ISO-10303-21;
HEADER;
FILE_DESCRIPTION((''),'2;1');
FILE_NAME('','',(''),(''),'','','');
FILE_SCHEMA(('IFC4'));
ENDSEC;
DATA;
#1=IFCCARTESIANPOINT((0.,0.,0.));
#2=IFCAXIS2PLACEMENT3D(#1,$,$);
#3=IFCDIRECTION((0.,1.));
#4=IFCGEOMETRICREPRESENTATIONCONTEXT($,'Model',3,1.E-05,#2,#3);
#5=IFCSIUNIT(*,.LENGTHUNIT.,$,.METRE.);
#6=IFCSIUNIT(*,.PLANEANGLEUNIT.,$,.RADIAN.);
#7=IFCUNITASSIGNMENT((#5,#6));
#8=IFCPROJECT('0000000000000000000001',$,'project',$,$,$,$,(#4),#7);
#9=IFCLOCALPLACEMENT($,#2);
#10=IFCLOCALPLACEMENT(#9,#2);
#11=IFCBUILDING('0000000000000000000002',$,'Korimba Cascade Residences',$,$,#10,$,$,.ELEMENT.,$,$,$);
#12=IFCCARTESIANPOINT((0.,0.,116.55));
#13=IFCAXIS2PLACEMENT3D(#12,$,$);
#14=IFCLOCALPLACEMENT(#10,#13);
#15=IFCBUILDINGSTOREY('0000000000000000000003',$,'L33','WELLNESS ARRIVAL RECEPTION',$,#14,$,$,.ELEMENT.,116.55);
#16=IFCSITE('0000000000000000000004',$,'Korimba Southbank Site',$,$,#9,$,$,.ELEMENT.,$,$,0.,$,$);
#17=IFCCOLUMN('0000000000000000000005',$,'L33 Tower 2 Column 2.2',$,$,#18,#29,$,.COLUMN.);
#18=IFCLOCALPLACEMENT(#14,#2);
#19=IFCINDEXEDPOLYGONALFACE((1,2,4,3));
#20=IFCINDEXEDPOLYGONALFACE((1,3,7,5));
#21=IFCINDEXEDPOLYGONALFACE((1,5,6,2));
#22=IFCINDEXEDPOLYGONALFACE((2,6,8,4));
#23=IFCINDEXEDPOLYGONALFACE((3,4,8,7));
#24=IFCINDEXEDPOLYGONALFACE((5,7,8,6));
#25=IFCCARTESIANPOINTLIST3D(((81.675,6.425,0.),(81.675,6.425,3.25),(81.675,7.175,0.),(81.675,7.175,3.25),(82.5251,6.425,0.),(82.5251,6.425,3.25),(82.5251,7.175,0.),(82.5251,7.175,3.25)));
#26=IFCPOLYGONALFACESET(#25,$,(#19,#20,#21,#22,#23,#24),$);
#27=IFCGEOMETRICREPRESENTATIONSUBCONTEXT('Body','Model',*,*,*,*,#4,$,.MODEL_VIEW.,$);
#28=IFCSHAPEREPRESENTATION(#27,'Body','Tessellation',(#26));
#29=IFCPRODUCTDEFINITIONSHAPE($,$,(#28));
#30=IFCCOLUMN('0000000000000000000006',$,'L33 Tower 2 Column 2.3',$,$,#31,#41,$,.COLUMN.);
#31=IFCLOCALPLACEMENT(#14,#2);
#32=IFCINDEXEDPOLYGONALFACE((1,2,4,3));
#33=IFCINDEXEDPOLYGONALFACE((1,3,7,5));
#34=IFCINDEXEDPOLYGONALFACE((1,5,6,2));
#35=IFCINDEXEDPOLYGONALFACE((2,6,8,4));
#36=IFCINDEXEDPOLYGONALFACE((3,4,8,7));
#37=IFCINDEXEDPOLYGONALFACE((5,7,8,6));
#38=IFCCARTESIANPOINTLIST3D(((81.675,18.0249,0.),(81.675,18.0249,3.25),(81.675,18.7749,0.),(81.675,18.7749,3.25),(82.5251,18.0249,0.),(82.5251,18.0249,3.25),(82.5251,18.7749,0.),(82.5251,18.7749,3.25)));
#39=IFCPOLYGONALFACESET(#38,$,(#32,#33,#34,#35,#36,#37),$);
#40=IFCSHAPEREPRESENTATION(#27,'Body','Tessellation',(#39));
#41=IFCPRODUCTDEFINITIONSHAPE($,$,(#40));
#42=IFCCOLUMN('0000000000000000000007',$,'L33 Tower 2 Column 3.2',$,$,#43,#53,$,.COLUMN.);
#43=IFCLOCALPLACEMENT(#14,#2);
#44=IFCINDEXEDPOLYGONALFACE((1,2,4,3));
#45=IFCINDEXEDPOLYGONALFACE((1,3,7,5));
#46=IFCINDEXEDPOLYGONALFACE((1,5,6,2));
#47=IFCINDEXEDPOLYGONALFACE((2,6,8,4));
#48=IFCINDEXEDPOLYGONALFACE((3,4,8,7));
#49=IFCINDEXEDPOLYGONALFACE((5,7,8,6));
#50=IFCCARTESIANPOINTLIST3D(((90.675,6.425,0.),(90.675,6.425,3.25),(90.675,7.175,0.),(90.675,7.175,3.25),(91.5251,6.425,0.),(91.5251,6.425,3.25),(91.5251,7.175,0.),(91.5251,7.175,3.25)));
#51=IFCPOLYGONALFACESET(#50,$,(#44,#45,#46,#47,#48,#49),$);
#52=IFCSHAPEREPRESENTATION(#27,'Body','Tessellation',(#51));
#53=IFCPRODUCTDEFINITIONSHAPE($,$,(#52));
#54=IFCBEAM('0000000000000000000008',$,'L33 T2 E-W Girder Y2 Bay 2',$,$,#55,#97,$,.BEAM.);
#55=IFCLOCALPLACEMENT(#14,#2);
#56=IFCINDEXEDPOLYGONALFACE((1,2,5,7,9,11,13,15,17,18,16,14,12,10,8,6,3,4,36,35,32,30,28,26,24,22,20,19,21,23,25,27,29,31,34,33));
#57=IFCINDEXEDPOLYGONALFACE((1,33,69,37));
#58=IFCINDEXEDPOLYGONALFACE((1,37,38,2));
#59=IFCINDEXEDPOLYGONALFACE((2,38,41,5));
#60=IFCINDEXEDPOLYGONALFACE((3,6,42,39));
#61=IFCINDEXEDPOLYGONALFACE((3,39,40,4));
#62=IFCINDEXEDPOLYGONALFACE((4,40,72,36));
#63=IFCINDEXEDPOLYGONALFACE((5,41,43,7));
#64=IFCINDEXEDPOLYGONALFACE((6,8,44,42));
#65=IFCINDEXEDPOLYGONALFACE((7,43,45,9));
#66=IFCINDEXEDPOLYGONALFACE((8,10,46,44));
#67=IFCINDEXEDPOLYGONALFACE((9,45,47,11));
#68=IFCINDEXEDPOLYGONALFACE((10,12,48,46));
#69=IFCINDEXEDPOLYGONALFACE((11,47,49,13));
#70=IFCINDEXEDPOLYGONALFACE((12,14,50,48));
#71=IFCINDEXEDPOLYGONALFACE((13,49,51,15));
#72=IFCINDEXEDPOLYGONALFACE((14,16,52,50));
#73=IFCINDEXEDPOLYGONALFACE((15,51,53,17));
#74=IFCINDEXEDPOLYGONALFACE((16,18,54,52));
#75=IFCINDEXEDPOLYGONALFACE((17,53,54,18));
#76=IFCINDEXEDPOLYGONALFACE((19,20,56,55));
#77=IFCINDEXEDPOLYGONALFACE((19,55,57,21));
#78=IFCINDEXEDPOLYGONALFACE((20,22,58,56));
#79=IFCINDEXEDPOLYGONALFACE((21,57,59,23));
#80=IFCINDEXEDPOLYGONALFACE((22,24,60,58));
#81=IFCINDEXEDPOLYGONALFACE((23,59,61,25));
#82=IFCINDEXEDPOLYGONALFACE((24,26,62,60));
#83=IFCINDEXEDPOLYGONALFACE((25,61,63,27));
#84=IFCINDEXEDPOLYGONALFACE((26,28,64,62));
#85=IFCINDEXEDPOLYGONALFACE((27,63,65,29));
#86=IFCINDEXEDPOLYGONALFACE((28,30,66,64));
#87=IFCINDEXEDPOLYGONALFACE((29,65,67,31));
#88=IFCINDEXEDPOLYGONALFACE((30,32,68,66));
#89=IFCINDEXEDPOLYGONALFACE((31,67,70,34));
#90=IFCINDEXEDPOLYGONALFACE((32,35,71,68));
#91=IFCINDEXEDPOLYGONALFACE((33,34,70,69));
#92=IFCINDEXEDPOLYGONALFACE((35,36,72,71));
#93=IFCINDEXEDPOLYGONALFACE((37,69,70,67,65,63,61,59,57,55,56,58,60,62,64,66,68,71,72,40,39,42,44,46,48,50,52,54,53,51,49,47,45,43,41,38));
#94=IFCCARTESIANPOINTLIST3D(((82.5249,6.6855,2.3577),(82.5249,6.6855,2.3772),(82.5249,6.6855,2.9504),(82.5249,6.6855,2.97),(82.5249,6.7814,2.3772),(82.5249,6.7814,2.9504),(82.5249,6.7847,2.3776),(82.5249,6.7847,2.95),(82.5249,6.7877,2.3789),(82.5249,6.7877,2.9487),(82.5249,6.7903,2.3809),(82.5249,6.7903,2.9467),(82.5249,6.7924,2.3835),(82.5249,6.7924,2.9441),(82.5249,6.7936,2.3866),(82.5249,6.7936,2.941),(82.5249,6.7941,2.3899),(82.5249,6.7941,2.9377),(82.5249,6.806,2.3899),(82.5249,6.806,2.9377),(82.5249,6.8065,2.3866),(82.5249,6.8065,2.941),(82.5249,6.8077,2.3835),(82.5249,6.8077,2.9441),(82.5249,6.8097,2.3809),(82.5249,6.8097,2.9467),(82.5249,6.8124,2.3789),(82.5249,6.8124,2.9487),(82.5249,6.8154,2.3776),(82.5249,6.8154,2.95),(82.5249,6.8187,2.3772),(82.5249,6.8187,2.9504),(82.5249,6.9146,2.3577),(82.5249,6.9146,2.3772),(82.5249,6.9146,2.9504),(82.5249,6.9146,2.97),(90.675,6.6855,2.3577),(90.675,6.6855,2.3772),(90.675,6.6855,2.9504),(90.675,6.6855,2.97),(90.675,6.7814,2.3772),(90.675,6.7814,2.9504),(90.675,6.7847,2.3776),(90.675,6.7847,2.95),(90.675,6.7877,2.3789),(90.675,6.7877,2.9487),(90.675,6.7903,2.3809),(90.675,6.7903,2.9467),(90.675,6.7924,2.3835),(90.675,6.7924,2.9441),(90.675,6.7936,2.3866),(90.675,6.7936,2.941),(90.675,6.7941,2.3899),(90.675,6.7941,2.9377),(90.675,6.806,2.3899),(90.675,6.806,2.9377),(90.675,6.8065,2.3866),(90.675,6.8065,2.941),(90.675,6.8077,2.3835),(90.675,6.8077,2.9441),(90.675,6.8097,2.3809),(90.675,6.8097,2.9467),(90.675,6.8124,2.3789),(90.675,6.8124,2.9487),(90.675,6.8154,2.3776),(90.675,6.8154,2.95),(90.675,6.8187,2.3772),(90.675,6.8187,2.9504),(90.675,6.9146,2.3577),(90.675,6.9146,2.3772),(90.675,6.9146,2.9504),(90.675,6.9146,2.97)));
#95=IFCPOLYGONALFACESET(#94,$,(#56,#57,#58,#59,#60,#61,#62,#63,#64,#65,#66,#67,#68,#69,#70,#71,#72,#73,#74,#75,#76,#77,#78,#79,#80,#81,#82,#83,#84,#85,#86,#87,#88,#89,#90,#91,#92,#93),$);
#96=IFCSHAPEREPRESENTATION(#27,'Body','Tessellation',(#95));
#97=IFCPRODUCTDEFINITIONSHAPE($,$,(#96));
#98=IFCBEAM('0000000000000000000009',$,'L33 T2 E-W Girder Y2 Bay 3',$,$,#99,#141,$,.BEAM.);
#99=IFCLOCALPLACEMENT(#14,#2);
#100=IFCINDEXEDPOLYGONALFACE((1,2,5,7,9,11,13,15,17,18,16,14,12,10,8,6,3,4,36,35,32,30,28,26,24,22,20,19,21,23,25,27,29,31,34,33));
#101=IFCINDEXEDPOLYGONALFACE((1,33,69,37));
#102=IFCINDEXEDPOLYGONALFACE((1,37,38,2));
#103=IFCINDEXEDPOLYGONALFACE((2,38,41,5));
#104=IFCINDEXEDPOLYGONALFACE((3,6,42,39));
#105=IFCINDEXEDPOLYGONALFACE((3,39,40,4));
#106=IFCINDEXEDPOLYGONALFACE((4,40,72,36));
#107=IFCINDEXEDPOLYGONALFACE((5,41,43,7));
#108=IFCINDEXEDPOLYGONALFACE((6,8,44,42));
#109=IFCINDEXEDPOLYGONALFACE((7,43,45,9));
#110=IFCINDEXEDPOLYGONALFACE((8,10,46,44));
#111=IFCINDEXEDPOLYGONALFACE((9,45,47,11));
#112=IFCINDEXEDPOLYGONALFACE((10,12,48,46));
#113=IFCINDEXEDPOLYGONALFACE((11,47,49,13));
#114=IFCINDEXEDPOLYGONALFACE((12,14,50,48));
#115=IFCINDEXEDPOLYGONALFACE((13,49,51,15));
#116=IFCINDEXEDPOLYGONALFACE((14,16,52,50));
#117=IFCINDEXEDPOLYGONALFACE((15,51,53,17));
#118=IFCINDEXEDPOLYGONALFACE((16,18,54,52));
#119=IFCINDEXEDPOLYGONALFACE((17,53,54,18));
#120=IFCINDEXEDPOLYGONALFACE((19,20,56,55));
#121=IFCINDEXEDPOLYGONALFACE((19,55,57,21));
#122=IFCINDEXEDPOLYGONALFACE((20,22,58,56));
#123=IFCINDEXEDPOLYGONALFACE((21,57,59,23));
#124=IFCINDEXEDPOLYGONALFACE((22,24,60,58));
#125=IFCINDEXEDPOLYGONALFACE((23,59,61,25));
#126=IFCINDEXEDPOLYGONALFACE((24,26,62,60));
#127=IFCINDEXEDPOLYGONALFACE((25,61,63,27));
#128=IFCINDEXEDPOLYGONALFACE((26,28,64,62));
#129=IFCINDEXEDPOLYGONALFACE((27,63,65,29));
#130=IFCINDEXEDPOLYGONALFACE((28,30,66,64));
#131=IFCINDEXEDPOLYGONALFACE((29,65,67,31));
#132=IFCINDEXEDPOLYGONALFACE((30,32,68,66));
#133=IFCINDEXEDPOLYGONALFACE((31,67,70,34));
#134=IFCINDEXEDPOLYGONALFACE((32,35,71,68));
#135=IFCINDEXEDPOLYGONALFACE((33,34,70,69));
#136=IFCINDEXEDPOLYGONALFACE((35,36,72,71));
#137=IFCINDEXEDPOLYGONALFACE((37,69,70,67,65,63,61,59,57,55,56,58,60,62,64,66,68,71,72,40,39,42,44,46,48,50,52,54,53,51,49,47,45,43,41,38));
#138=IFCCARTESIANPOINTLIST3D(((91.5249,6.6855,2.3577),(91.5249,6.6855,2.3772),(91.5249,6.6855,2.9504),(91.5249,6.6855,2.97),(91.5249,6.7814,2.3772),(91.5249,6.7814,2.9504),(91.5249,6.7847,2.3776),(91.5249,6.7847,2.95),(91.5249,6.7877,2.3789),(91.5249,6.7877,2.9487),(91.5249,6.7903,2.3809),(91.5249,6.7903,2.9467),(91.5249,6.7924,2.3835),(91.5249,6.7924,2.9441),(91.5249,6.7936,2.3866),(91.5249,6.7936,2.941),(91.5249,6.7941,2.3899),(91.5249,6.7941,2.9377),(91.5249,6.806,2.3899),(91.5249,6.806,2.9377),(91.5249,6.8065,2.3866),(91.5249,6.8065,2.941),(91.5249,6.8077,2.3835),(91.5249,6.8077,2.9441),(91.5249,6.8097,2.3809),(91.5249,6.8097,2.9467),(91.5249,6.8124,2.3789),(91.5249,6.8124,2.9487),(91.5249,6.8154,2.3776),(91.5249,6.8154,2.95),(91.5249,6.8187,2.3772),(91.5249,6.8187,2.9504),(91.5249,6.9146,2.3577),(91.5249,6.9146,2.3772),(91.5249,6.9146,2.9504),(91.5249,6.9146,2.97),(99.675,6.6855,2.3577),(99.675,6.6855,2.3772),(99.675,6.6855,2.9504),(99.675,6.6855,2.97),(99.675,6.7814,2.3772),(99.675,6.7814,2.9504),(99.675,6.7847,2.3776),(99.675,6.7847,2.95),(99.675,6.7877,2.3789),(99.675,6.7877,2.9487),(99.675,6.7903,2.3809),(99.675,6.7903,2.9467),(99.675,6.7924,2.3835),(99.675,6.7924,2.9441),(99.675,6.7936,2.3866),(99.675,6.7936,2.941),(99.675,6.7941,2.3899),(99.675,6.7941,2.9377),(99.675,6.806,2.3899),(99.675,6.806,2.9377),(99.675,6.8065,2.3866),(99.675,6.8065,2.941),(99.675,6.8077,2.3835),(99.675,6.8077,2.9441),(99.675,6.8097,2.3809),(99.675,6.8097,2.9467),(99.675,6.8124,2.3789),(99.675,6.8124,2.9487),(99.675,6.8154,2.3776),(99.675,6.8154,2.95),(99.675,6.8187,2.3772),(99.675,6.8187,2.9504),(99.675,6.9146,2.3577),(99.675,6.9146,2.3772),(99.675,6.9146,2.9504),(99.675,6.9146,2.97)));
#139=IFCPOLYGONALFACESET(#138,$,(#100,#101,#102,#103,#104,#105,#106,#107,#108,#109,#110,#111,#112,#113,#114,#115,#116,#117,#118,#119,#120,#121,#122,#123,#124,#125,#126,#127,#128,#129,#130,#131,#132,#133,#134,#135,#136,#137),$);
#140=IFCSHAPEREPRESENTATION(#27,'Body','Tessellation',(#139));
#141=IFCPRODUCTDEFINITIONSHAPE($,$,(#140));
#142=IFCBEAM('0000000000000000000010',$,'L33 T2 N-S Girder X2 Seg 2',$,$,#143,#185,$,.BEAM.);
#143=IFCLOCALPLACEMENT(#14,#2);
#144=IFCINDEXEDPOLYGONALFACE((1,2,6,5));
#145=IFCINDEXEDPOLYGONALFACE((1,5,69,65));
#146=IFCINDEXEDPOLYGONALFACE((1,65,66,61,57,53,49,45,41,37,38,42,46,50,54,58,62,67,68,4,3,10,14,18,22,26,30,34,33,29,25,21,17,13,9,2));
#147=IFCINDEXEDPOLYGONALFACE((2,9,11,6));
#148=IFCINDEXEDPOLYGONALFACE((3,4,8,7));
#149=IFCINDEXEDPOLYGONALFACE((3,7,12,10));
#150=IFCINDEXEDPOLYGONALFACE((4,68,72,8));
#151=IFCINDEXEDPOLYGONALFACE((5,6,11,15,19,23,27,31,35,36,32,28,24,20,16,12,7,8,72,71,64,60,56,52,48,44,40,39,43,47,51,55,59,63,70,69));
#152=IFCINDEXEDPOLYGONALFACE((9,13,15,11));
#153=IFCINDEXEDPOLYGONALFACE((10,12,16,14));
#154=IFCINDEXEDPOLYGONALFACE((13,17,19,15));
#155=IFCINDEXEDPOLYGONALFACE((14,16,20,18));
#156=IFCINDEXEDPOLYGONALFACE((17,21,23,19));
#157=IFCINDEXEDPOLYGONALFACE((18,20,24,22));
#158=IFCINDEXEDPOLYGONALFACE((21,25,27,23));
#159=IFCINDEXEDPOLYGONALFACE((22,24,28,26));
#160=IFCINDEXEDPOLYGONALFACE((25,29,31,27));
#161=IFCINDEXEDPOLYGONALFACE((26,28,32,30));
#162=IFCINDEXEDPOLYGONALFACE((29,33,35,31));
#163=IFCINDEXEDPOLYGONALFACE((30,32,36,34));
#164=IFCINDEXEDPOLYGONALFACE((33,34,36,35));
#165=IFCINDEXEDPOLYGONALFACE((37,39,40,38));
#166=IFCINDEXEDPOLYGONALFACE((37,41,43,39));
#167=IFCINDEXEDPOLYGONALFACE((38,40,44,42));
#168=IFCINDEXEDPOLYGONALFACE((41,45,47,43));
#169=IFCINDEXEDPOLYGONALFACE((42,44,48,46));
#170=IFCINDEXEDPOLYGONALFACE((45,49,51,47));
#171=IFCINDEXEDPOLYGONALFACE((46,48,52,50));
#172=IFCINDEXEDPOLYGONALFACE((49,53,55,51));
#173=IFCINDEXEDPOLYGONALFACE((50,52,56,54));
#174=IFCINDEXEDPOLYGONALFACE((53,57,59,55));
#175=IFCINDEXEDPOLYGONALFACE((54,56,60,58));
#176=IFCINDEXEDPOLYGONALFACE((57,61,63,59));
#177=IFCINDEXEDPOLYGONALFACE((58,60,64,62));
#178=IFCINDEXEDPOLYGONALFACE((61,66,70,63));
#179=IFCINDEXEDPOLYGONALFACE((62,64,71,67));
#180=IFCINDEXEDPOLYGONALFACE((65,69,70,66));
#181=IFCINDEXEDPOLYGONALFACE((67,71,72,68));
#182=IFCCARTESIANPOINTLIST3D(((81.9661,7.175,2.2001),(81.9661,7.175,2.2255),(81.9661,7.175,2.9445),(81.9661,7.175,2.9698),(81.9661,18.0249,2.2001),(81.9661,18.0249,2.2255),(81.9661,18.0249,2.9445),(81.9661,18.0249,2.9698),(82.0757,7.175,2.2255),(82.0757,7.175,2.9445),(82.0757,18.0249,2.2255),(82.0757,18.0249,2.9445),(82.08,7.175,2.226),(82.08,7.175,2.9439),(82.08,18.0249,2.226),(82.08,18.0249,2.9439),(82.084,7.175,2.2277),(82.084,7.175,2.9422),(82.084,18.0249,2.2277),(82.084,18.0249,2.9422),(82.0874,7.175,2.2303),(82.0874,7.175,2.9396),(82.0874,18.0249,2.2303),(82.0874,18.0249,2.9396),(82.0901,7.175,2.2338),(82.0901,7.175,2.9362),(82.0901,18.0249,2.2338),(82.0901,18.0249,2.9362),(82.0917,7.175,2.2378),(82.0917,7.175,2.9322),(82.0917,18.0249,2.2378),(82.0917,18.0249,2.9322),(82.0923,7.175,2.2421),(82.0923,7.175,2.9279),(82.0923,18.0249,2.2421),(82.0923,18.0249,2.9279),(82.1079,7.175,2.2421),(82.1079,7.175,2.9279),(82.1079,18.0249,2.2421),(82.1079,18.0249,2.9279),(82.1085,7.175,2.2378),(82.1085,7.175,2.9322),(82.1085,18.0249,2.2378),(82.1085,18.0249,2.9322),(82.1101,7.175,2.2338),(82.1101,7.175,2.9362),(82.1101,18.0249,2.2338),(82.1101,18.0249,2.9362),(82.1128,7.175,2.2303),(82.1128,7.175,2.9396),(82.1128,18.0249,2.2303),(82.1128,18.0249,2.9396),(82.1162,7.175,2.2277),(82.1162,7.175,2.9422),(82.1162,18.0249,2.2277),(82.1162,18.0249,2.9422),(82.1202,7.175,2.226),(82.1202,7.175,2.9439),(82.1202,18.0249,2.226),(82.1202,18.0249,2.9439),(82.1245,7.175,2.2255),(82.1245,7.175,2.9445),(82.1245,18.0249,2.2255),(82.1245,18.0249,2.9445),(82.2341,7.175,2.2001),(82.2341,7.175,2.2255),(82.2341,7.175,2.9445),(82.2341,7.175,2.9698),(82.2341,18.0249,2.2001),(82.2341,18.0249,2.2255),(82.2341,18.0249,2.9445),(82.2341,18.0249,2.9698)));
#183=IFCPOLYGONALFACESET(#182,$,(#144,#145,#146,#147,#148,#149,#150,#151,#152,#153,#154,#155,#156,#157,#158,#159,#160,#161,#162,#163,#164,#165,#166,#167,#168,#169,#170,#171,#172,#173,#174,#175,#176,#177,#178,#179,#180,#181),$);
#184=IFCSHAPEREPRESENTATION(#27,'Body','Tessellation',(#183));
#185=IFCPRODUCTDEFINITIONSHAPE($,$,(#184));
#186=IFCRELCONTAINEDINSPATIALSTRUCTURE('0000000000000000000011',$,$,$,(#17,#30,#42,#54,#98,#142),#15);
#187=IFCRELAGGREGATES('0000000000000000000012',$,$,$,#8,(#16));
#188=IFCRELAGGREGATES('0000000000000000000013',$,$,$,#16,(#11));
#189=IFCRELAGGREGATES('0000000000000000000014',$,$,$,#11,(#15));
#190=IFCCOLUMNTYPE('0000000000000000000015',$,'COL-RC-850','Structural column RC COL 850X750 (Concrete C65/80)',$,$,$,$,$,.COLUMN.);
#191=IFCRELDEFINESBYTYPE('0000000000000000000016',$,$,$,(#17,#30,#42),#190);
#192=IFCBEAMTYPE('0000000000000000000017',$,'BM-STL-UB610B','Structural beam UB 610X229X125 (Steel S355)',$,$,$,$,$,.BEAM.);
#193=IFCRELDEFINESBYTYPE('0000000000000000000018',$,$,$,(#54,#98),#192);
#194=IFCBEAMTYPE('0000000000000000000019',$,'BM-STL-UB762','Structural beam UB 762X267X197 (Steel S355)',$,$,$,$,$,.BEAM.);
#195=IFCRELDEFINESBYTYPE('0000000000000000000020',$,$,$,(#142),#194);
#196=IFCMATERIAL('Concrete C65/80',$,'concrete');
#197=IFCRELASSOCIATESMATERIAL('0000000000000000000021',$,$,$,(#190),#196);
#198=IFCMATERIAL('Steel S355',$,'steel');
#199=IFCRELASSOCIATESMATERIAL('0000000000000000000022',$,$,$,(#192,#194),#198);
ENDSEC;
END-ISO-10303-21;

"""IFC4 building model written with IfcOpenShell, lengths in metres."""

from ifc_helpers import new_model, si_unit, direction, frame, origin, origin_2d, place, context, subcontext, project, spatial, rectangle, i_section, extrude, material, material_profile, profile_set, type_object, element, save


model = new_model("IFC4")

# Units and contexts
model_context = context("Model", 3, precision=1e-05, world=origin(), true_north=direction((0.0, 1.0)))
body_context = subcontext(model_context, "Body", "Model", "MODEL_VIEW")
ifc_project = project(units=[si_unit("LENGTHUNIT", "METRE"), si_unit("PLANEANGLEUNIT", "RADIAN")], contexts=[model_context])

# Site, building, storey
site_placement = place(None, origin())
site = spatial("IfcSite", under=ifc_project, at=site_placement, Name="Korimba Southbank Site", CompositionType="ELEMENT", RefElevation=0.0)
building_placement = place(site_placement, origin())
building = spatial("IfcBuilding", under=site, at=building_placement, Name="Korimba Cascade Residences", CompositionType="ELEMENT")
storey_placement = place(building_placement, frame((0.0, 0.0, 116.55)))
storey = spatial("IfcBuildingStorey", under=building, at=storey_placement, Name="L33", Description="WELLNESS ARRIVAL RECEPTION", CompositionType="ELEMENT", Elevation=116.55)

# Columns
ifc_material_1 = material(Name="Concrete C65/80", Category="concrete")
ifc_material_profile_1 = material_profile(ifc_material_1, rectangle(XDim=0.8501, YDim=0.75, at=origin_2d()), Name="Concrete C65/80")
ifc_profile_set_1 = profile_set([ifc_material_profile_1], Name="Concrete C65/80")
column_type = type_object("IfcColumnType", Name="COL-RC-850", Description="Structural column RC COL 850X750 (Concrete C65/80)", PredefinedType="COLUMN", material=ifc_profile_set_1)
for number, where, z_axis, x_axis, name in (
    (1, (82.1001, 6.8, 0.0), (0.0, 0.0, 1.0), (1.0, 0.0, 0.0), "L33 Tower 2 Column 2.2"),
    (2, (82.1001, 18.3999, 0.0), (0.0, 0.0, 1.0), (1.0, 0.0, 0.0), "L33 Tower 2 Column 2.3"),
    (3, (91.1001, 6.8, 0.0), (0.0, 0.0, 1.0), (1.0, 0.0, 0.0), "L33 Tower 2 Column 3.2"),
):
    element("IfcColumn", number, at=place(storey_placement, frame(where, z_axis=z_axis, x_axis=x_axis)), inside=storey, type_object=column_type, Name=name, PredefinedType="COLUMN", context=body_context, shape_type="SweptSolid", body=[
        extrude(rectangle(XDim=0.8501, YDim=0.75, at=origin_2d()), origin(), (0.0, 0.0, 1.0), 3.25),
    ])

# Beams
ifc_material_2 = material(Name="Steel S355", Category="steel")
ifc_material_profile_2 = material_profile(ifc_material_2, i_section(OverallWidth=0.229, OverallDepth=0.6123, WebThickness=0.012, FlangeThickness=0.0195, FilletRadius=0.0127, at=origin_2d()), Name="Steel S355")
ifc_profile_set_2 = profile_set([ifc_material_profile_2], Name="Steel S355")
beam_type_1 = type_object("IfcBeamType", Name="BM-STL-UB610B", Description="Structural beam UB 610X229X125 (Steel S355)", PredefinedType="BEAM", material=ifc_profile_set_2)
for number, where, z_axis, x_axis, name in (
    (4, (82.5249, 6.8, 2.6638), (1.0, 0.0, 0.0), (0.0, 1.0, 0.0), "L33 T2 E-W Girder Y2 Bay 2"),
    (5, (91.5249, 6.8, 2.6638), (1.0, 0.0, 0.0), (0.0, 1.0, 0.0), "L33 T2 E-W Girder Y2 Bay 3"),
):
    element("IfcBeam", number, at=place(storey_placement, frame(where, z_axis=z_axis, x_axis=x_axis)), inside=storey, type_object=beam_type_1, Name=name, PredefinedType="BEAM", context=body_context, shape_type="SweptSolid", body=[
        extrude(i_section(OverallWidth=0.229, OverallDepth=0.6123, WebThickness=0.012, FlangeThickness=0.0195, FilletRadius=0.0127, at=origin_2d()), origin(), (0.0, 0.0, 1.0), 8.1501),
    ])
ifc_material_profile_3 = material_profile(ifc_material_2, i_section(OverallWidth=0.2681, OverallDepth=0.7698, WebThickness=0.0156, FlangeThickness=0.0254, FilletRadius=0.0166, at=origin_2d()), Name="Steel S355")
ifc_profile_set_3 = profile_set([ifc_material_profile_3], Name="Steel S355")
beam_type_2 = type_object("IfcBeamType", Name="BM-STL-UB762", Description="Structural beam UB 762X267X197 (Steel S355)", PredefinedType="BEAM", material=ifc_profile_set_3)
for number, where, z_axis, x_axis, name in (
    (6, (82.1001, 7.175, 2.585), (0.0, 1.0, 0.0), (-1.0, 0.0, 0.0), "L33 T2 N-S Girder X2 Seg 2"),
):
    element("IfcBeam", number, at=place(storey_placement, frame(where, z_axis=z_axis, x_axis=x_axis)), inside=storey, type_object=beam_type_2, Name=name, PredefinedType="BEAM", context=body_context, shape_type="SweptSolid", body=[
        extrude(i_section(OverallWidth=0.2681, OverallDepth=0.7698, WebThickness=0.0156, FlangeThickness=0.0254, FilletRadius=0.0166, at=origin_2d()), origin(), (0.0, 0.0, 1.0), 10.8499),
    ])

save(model, "model.ifc")
